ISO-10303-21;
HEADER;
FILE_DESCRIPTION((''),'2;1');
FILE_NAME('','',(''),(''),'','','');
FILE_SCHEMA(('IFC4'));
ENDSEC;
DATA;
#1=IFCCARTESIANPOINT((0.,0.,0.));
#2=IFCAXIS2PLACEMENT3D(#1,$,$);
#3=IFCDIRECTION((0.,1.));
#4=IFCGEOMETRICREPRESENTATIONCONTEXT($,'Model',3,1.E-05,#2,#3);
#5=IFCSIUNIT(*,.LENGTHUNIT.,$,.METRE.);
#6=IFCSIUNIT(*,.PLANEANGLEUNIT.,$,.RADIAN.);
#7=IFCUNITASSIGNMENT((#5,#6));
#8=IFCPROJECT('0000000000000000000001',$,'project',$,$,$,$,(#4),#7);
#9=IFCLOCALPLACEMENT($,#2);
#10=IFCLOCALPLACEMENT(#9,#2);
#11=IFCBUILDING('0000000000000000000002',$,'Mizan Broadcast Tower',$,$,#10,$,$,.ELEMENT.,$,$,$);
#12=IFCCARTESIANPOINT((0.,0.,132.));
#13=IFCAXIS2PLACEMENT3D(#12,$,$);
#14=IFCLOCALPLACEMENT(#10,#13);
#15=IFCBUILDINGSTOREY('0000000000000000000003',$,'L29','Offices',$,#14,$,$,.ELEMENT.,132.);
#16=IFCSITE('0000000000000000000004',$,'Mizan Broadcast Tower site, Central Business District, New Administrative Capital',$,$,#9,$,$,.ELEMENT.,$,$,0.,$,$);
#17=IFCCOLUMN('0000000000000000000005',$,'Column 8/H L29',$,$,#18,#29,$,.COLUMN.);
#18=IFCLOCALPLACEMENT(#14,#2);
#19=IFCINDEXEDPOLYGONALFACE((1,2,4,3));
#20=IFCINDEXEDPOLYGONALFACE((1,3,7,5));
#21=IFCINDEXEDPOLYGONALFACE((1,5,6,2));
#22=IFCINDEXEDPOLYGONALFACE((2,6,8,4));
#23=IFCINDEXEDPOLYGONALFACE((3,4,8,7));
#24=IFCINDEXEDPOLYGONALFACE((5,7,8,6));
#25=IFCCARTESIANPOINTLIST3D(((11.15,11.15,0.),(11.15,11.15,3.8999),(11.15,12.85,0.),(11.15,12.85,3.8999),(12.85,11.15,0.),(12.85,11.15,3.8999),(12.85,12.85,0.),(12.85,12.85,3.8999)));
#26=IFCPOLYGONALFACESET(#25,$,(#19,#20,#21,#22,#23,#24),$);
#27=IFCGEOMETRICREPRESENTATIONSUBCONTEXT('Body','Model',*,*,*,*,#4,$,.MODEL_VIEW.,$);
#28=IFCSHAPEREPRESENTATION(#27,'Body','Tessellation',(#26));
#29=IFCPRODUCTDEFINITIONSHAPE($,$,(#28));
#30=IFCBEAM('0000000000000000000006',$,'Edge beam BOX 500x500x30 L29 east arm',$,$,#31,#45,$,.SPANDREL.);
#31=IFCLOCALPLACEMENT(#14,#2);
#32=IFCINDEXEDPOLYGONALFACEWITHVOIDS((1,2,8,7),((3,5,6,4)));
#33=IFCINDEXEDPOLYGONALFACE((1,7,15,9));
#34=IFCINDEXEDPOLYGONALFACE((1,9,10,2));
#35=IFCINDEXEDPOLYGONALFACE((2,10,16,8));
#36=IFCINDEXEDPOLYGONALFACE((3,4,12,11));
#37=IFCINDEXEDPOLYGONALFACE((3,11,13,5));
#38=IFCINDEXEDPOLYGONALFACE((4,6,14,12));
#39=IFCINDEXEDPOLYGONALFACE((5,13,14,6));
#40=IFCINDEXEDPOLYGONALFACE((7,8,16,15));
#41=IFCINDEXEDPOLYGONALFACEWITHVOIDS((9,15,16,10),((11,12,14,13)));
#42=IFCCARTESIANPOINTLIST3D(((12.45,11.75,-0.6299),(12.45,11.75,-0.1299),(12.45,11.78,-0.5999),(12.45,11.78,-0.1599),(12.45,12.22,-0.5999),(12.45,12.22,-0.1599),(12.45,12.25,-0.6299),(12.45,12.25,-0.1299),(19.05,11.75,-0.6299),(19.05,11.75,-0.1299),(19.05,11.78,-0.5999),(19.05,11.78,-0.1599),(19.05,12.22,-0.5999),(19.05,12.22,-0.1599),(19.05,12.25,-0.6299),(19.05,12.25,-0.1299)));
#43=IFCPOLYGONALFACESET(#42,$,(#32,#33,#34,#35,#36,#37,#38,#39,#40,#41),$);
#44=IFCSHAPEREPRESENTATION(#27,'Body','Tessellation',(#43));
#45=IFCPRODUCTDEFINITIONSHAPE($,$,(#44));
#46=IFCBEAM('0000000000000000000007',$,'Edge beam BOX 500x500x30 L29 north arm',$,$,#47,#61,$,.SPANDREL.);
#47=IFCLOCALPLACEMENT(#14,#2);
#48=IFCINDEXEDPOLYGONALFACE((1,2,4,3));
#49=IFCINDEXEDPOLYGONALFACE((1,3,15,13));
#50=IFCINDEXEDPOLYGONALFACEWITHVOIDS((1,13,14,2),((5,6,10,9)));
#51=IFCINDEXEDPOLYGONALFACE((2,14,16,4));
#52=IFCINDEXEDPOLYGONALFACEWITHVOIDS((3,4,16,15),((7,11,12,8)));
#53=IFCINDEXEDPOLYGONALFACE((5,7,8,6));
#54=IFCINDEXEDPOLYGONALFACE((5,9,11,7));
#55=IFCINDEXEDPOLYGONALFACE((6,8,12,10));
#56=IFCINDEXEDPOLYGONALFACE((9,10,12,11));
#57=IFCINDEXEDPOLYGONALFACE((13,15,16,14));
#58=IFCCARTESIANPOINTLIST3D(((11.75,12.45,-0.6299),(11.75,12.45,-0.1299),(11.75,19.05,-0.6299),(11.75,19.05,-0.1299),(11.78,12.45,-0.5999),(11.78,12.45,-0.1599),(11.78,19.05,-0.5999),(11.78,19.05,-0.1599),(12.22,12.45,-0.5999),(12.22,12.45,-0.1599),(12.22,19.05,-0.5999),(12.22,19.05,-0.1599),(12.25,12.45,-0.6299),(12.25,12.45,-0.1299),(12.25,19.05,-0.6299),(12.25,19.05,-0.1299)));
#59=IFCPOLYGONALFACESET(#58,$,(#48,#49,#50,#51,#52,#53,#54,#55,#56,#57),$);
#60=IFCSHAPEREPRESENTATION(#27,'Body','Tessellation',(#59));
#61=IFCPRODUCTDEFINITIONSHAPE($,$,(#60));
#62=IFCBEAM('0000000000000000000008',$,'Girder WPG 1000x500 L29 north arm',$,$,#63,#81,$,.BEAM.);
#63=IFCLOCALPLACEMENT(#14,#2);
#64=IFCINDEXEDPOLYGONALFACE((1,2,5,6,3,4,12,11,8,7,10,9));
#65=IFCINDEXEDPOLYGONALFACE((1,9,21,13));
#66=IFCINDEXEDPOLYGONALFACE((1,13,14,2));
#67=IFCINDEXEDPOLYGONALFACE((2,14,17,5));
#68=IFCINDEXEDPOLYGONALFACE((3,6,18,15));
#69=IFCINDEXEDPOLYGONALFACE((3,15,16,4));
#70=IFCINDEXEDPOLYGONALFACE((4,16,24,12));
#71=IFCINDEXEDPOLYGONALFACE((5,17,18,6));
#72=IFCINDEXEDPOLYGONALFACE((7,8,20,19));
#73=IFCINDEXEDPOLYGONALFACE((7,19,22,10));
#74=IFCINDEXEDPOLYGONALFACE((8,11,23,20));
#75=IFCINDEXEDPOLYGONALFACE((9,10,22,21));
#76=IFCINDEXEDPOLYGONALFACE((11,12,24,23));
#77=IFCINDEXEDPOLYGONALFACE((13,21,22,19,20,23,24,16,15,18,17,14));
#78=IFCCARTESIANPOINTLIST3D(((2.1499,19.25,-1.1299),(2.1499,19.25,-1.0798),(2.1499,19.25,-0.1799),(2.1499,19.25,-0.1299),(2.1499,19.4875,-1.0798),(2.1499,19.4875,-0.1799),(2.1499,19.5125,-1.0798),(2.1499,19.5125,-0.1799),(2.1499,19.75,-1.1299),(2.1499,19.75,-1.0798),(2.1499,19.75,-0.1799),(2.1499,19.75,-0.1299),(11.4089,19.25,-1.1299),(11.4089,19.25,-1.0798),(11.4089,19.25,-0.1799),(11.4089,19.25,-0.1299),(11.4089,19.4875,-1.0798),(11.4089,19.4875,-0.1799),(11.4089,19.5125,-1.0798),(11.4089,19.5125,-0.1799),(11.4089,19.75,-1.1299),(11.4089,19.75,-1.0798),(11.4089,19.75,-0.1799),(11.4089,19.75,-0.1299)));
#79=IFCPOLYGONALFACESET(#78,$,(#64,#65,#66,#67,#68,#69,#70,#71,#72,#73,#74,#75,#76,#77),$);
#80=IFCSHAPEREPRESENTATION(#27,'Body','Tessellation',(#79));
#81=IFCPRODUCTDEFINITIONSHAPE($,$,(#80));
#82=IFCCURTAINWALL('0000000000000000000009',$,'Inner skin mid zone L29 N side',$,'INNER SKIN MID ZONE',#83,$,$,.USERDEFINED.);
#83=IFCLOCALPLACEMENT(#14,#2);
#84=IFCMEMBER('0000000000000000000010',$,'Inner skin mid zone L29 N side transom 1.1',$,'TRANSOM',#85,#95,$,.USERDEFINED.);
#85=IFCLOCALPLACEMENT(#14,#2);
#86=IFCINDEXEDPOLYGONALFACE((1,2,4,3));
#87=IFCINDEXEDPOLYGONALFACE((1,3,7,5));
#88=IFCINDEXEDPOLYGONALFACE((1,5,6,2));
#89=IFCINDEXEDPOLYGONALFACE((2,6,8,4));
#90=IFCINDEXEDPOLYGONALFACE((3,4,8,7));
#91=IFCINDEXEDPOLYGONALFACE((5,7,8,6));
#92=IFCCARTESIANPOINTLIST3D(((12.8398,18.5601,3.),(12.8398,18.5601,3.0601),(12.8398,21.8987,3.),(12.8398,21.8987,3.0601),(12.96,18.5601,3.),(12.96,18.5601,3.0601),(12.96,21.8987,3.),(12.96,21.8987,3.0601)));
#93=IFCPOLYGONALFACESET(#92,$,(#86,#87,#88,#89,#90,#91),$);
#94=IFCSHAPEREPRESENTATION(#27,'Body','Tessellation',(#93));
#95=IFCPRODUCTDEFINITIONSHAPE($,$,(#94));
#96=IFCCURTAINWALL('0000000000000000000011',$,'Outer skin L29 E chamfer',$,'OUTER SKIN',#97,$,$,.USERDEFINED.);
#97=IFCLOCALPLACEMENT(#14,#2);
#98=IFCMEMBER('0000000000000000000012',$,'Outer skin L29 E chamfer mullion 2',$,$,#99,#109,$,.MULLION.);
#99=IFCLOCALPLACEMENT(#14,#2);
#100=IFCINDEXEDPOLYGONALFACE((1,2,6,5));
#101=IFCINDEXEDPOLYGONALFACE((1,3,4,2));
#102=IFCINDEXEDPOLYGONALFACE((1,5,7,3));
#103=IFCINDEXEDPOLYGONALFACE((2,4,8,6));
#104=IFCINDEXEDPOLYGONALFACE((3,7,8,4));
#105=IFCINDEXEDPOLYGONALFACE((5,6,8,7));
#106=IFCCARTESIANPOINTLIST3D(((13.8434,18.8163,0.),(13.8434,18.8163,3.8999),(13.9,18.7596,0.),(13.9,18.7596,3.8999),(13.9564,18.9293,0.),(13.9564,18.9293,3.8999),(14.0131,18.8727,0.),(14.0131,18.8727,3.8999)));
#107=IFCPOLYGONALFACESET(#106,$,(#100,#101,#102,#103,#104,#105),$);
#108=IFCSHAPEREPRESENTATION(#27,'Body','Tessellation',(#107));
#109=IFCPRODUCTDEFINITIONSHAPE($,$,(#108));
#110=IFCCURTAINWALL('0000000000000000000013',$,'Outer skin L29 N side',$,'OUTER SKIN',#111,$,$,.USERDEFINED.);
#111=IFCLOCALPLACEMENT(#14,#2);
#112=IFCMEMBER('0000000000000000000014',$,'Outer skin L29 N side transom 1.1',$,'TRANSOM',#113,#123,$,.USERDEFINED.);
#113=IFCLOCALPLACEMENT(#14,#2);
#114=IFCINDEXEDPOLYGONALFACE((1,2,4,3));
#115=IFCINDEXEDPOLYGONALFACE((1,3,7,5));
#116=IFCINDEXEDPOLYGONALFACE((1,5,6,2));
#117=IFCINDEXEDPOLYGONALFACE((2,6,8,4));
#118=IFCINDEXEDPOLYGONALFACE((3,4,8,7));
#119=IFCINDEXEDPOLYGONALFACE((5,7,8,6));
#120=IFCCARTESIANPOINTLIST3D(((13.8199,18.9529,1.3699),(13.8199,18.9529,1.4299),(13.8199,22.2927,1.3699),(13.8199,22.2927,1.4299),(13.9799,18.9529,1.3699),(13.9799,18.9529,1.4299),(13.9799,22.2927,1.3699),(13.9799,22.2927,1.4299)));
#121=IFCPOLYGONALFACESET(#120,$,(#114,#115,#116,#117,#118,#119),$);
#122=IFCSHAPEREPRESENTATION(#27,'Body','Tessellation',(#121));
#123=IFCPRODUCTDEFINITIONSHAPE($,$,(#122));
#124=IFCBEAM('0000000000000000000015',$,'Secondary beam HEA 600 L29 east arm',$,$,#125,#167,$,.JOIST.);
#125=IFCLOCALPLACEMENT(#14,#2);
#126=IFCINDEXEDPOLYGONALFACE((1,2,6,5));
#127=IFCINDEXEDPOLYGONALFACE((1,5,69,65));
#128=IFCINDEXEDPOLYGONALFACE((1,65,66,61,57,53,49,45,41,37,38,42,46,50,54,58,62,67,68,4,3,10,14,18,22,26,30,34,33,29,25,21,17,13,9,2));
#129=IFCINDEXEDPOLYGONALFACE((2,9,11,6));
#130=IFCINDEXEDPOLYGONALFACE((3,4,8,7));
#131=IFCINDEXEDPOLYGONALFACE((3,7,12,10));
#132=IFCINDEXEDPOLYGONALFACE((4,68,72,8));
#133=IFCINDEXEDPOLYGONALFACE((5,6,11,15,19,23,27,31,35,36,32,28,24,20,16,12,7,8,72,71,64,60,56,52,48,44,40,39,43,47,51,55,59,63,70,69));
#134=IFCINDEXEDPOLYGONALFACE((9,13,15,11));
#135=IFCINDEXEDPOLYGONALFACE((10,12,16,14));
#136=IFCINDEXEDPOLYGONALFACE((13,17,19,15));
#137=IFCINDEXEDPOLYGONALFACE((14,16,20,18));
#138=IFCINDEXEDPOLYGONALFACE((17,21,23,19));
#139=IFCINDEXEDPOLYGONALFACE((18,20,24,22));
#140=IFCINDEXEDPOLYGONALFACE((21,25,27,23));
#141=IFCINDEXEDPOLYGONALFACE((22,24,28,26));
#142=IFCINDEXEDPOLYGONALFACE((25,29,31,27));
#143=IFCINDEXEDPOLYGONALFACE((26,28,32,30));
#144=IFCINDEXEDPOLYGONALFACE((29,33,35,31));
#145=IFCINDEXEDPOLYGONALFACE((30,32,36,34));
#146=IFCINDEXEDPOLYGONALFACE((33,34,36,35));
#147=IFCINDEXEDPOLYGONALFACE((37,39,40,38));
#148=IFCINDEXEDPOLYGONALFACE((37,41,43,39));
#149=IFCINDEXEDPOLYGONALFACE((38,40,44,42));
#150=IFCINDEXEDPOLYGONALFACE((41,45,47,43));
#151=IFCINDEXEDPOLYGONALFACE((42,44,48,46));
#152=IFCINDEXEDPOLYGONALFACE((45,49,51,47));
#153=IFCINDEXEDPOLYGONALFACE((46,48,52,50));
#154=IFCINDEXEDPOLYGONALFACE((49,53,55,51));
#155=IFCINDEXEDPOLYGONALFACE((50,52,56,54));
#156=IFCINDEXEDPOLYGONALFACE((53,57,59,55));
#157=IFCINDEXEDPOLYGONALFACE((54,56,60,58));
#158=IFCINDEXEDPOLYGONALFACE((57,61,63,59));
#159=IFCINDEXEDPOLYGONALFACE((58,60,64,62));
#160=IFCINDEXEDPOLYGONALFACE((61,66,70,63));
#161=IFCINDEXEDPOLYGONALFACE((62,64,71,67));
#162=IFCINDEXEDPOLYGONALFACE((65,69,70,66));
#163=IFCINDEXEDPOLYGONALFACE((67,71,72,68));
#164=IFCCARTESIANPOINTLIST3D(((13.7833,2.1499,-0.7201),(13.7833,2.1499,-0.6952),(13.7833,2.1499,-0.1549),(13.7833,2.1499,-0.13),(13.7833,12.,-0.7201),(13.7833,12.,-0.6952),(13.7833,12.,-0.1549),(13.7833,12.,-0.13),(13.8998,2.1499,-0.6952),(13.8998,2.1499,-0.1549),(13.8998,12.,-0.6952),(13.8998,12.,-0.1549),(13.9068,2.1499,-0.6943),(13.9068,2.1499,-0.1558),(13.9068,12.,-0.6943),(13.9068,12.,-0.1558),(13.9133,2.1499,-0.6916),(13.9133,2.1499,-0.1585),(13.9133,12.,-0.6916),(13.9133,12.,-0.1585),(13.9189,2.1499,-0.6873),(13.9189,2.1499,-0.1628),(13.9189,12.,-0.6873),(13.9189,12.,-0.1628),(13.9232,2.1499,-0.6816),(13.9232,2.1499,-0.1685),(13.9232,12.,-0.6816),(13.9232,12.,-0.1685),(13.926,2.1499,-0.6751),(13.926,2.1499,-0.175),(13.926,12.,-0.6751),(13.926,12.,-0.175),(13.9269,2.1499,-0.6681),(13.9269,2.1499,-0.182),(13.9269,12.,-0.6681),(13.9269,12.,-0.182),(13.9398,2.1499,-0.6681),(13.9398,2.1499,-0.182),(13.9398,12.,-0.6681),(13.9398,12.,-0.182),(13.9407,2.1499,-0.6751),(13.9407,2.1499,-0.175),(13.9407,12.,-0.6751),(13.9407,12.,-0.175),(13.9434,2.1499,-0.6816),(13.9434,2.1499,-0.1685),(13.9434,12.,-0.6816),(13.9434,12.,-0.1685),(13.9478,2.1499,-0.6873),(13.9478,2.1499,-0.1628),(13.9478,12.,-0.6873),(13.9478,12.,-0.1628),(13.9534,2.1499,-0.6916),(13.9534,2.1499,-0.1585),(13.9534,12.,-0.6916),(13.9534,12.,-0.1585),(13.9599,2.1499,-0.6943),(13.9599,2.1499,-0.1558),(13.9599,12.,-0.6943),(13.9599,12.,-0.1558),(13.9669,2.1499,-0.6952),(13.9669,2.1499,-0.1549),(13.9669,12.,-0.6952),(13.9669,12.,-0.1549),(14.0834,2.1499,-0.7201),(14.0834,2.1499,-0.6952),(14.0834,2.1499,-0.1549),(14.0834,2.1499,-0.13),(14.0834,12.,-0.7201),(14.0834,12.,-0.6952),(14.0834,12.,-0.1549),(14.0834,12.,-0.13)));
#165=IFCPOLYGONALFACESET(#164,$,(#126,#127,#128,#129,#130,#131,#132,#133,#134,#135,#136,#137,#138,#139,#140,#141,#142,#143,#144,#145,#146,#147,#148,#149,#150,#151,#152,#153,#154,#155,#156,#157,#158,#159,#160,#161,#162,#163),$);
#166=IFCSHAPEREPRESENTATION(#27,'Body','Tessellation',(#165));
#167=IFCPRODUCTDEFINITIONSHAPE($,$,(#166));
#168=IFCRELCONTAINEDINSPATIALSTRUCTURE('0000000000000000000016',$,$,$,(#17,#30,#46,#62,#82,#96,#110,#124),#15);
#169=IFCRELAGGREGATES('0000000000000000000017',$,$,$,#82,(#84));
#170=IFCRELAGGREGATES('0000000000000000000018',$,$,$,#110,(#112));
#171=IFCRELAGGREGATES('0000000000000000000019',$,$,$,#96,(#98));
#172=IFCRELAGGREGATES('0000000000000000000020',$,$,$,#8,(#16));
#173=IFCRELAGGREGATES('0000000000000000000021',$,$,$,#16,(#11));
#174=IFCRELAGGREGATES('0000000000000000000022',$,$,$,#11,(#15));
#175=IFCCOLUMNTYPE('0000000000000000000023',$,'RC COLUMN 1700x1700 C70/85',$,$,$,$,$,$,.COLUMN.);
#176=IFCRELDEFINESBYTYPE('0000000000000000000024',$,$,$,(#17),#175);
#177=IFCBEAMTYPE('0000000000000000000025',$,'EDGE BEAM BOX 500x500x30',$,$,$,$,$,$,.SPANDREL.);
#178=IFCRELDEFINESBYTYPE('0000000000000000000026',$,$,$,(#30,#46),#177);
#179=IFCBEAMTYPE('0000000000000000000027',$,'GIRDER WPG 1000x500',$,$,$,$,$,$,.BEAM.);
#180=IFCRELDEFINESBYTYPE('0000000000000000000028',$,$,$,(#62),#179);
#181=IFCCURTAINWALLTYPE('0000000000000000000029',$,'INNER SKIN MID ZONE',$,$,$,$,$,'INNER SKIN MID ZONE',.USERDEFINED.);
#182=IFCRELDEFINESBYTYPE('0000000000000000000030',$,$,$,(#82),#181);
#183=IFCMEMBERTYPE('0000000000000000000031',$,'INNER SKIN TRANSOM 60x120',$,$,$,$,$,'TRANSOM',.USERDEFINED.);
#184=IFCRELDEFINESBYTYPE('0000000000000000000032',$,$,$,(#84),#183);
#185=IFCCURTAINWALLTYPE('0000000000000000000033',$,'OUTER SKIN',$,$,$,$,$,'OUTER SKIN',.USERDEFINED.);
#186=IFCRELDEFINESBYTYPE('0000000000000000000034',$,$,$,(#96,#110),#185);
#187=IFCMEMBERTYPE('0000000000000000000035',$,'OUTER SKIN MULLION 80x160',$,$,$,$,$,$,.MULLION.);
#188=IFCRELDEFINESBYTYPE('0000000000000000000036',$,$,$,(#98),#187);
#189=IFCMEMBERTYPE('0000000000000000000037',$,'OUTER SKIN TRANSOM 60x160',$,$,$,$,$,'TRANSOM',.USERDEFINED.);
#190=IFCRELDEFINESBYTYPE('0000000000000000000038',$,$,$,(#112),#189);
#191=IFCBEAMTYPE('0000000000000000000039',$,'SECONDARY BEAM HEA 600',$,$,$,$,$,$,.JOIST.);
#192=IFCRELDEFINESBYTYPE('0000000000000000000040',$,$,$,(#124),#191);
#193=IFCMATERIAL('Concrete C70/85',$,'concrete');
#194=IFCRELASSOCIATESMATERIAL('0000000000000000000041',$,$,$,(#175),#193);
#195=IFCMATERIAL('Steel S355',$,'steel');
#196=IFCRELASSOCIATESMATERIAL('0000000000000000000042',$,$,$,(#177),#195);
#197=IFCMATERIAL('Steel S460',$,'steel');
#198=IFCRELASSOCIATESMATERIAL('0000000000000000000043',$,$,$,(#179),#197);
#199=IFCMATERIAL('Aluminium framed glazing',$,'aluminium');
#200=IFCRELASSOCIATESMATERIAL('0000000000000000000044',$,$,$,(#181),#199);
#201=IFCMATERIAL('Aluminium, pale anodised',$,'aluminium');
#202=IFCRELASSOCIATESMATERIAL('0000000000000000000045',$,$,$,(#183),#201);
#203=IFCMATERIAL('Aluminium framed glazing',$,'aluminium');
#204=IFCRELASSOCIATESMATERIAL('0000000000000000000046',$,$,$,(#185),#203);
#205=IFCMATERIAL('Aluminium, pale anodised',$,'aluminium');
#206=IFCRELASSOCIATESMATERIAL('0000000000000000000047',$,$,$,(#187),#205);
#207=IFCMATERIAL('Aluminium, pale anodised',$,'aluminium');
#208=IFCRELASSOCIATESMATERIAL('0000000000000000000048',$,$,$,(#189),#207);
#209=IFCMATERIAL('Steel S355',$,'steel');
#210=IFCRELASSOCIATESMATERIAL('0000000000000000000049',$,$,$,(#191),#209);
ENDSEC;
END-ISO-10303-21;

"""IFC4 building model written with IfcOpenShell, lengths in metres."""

from ifc_helpers import new_model, si_unit, direction, frame, origin, origin_2d, place, context, subcontext, project, spatial, rectangle, hollow_rectangle, i_section, extrude, material, material_profile, profile_set, type_object, element, aggregate, save


model = new_model("IFC4")

# Units and contexts
model_context = context("Model", 3, precision=1e-05, world=origin(), true_north=direction((0.0, 1.0)))
body_context = subcontext(model_context, "Body", "Model", "MODEL_VIEW")
ifc_project = project(units=[si_unit("LENGTHUNIT", "METRE"), si_unit("PLANEANGLEUNIT", "RADIAN")], contexts=[model_context])

# Site, building, storey
site_placement = place(None, origin())
site = spatial("IfcSite", under=ifc_project, at=site_placement, Name="Mizan Broadcast Tower site, Central Business District, New Administrative Capital", CompositionType="ELEMENT", RefElevation=0.0)
building_placement = place(site_placement, origin())
building = spatial("IfcBuilding", under=site, at=building_placement, Name="Mizan Broadcast Tower", CompositionType="ELEMENT")
storey_placement = place(building_placement, frame((0.0, 0.0, 132.0)))
storey = spatial("IfcBuildingStorey", under=building, at=storey_placement, Name="L29", Description="Offices", CompositionType="ELEMENT", Elevation=132.0)

# Column
ifc_material_1 = material(Name="Concrete C70/85", Category="concrete")
ifc_material_profile_1 = material_profile(ifc_material_1, rectangle(XDim=1.7, YDim=1.7, at=origin_2d()), Name="RC 1700x1700")
ifc_profile_set_1 = profile_set([ifc_material_profile_1], Name="Concrete C70/85")
column_type = type_object("IfcColumnType", Name="RC COLUMN 1700x1700 C70/85", PredefinedType="COLUMN", material=ifc_profile_set_1)
column_placement = place(storey_placement, frame((12.0, 12.0, 0.0), z_axis=(0.0, 0.0, 1.0), x_axis=(1.0, 0.0, 0.0)))
element("IfcColumn", 1, at=column_placement, inside=storey, type_object=column_type, Name="Column 8/H L29", PredefinedType="COLUMN", context=body_context, shape_type="SweptSolid", body=[
    extrude(rectangle(XDim=1.7, YDim=1.7, at=origin_2d()), origin(), (0.0, 0.0, 1.0), 3.8999),
])

# Beams
ifc_material_2 = material(Name="Steel S355", Category="steel")
ifc_material_profile_2 = material_profile(ifc_material_2, hollow_rectangle(XDim=0.5, YDim=0.5, WallThickness=0.03, at=origin_2d()), Name="BOX 500x500x30")
ifc_profile_set_2 = profile_set([ifc_material_profile_2], Name="Steel S355")
beam_type_1 = type_object("IfcBeamType", Name="EDGE BEAM BOX 500x500x30", PredefinedType="SPANDREL", material=ifc_profile_set_2)
for number, where, z_axis, x_axis, name in (
    (2, (12.45, 12.0, -0.3799), (1.0, 0.0, 0.0), (0.0, 1.0, 0.0), "Edge beam BOX 500x500x30 L29 east arm"),
    (3, (12.0, 12.45, -0.3799), (0.0, 1.0, 0.0), (-1.0, 0.0, 0.0), "Edge beam BOX 500x500x30 L29 north arm"),
):
    element("IfcBeam", number, at=place(storey_placement, frame(where, z_axis=z_axis, x_axis=x_axis)), inside=storey, type_object=beam_type_1, Name=name, PredefinedType="SPANDREL", context=body_context, shape_type="SweptSolid", body=[
        extrude(hollow_rectangle(XDim=0.5, YDim=0.5, WallThickness=0.03, at=origin_2d()), origin(), (0.0, 0.0, 1.0), 6.6001),
    ])
ifc_material_3 = material(Name="Steel S460", Category="steel")
ifc_material_profile_3 = material_profile(ifc_material_3, i_section(OverallWidth=0.5, OverallDepth=1.0, WebThickness=0.0249, FlangeThickness=0.05, at=origin_2d()), Name="WPG 1000x500")
ifc_profile_set_3 = profile_set([ifc_material_profile_3], Name="Steel S460")
beam_type_2 = type_object("IfcBeamType", Name="GIRDER WPG 1000x500", PredefinedType="BEAM", material=ifc_profile_set_3)
beam_1_placement = place(storey_placement, frame((11.4089, 19.5, -0.6299), z_axis=(-1.0, 0.0, 0.0), x_axis=(0.0, -1.0, 0.0)))
element("IfcBeam", 4, at=beam_1_placement, inside=storey, type_object=beam_type_2, Name="Girder WPG 1000x500 L29 north arm", PredefinedType="BEAM", context=body_context, shape_type="SweptSolid", body=[
    extrude(i_section(OverallWidth=0.5, OverallDepth=1.0, WebThickness=0.0249, FlangeThickness=0.05, at=origin_2d()), origin(), (0.0, 0.0, 1.0), 9.259),
])

# Curtain walls, members
ifc_material_4 = material(Name="Aluminium framed glazing", Category="aluminium")
curtain_wall_type_1 = type_object("IfcCurtainWallType", Name="INNER SKIN MID ZONE", ElementType="INNER SKIN MID ZONE", PredefinedType="USERDEFINED", material=ifc_material_4)
curtain_wall_1_placement = place(storey_placement, origin())
curtain_wall_1 = element("IfcCurtainWall", 5, at=curtain_wall_1_placement, inside=storey, type_object=curtain_wall_type_1, Name="Inner skin mid zone L29 N side", ObjectType="INNER SKIN MID ZONE", PredefinedType="USERDEFINED")
ifc_material_5 = material(Name="Aluminium, pale anodised", Category="aluminium")
ifc_material_profile_4 = material_profile(ifc_material_5, rectangle(XDim=0.1201, YDim=0.0601, at=origin_2d()), Name="TRANSOM 120x60")
ifc_profile_set_4 = profile_set([ifc_material_profile_4], Name="Aluminium, pale anodised")
member_type_1 = type_object("IfcMemberType", Name="INNER SKIN TRANSOM 60x120", ElementType="TRANSOM", PredefinedType="USERDEFINED", material=ifc_profile_set_4)
member_1_placement = place(storey_placement, frame((12.8999, 18.5601, 3.03), z_axis=(0.0, 1.0, 0.0), x_axis=(-1.0, 0.0, 0.0)))
member_1 = element("IfcMember", 6, at=member_1_placement, type_object=member_type_1, Name="Inner skin mid zone L29 N side transom 1.1", ObjectType="TRANSOM", PredefinedType="USERDEFINED", context=body_context, shape_type="SweptSolid", body=[
    extrude(rectangle(XDim=0.1201, YDim=0.0601, at=origin_2d()), origin(), (0.0, 0.0, 1.0), 3.3386),
])
aggregate(curtain_wall_1, [member_1])
ifc_material_6 = material(Name="Aluminium framed glazing", Category="aluminium")
curtain_wall_type_2 = type_object("IfcCurtainWallType", Name="OUTER SKIN", ElementType="OUTER SKIN", PredefinedType="USERDEFINED", material=ifc_material_6)
curtain_wall_2_placement = place(storey_placement, origin())
curtain_wall_2 = element("IfcCurtainWall", 7, at=curtain_wall_2_placement, inside=storey, type_object=curtain_wall_type_2, Name="Outer skin L29 E chamfer", ObjectType="OUTER SKIN", PredefinedType="USERDEFINED")
ifc_material_7 = material(Name="Aluminium, pale anodised", Category="aluminium")
ifc_material_profile_5 = material_profile(ifc_material_7, rectangle(XDim=0.1599, YDim=0.0801, at=origin_2d()), Name="MULLION 160x80")
ifc_profile_set_5 = profile_set([ifc_material_profile_5], Name="Aluminium, pale anodised")
member_type_2 = type_object("IfcMemberType", Name="OUTER SKIN MULLION 80x160", PredefinedType="MULLION", material=ifc_profile_set_5)
member_2_placement = place(storey_placement, frame((13.9282, 18.8445, 0.0), z_axis=(0.0, 0.0, 1.0), x_axis=(-0.707107, -0.707107, 0.0)))
member_2 = element("IfcMember", 8, at=member_2_placement, type_object=member_type_2, Name="Outer skin L29 E chamfer mullion 2", PredefinedType="MULLION", context=body_context, shape_type="SweptSolid", body=[
    extrude(rectangle(XDim=0.1599, YDim=0.0801, at=origin_2d()), origin(), (0.0, 0.0, 1.0), 3.8999),
])
curtain_wall_3_placement = place(storey_placement, origin())
curtain_wall_3 = element("IfcCurtainWall", 9, at=curtain_wall_3_placement, inside=storey, type_object=curtain_wall_type_2, Name="Outer skin L29 N side", ObjectType="OUTER SKIN", PredefinedType="USERDEFINED")
ifc_material_8 = material(Name="Aluminium, pale anodised", Category="aluminium")
ifc_material_profile_6 = material_profile(ifc_material_8, rectangle(XDim=0.1599, YDim=0.0601, at=origin_2d()), Name="TRANSOM 160x60")
ifc_profile_set_6 = profile_set([ifc_material_profile_6], Name="Aluminium, pale anodised")
member_type_3 = type_object("IfcMemberType", Name="OUTER SKIN TRANSOM 60x160", ElementType="TRANSOM", PredefinedType="USERDEFINED", material=ifc_profile_set_6)
member_3_placement = place(storey_placement, frame((13.8999, 18.9529, 1.3999), z_axis=(0.0, 1.0, 0.0), x_axis=(-1.0, 0.0, 0.0)))
member_3 = element("IfcMember", 10, at=member_3_placement, type_object=member_type_3, Name="Outer skin L29 N side transom 1.1", ObjectType="TRANSOM", PredefinedType="USERDEFINED", context=body_context, shape_type="SweptSolid", body=[
    extrude(rectangle(XDim=0.1599, YDim=0.0601, at=origin_2d()), origin(), (0.0, 0.0, 1.0), 3.3398),
])
aggregate(curtain_wall_3, [member_3])

# Beam
ifc_material_9 = material(Name="Steel S355", Category="steel")
ifc_material_profile_7 = material_profile(ifc_material_9, i_section(OverallWidth=0.3, OverallDepth=0.5901, WebThickness=0.0129, FlangeThickness=0.0249, FilletRadius=0.0271, at=origin_2d()), Name="HEA 600")
ifc_profile_set_7 = profile_set([ifc_material_profile_7], Name="Steel S355")
beam_type_3 = type_object("IfcBeamType", Name="SECONDARY BEAM HEA 600", PredefinedType="JOIST", material=ifc_profile_set_7)
for number, where, z_axis, x_axis, name in (
    (11, (13.9333, 12.0, -0.425), (0.0, -1.0, 0.0), (1.0, 0.0, 0.0), "Secondary beam HEA 600 L29 east arm"),
):
    element("IfcBeam", number, at=place(storey_placement, frame(where, z_axis=z_axis, x_axis=x_axis)), inside=storey, type_object=beam_type_3, Name=name, PredefinedType="JOIST", context=body_context, shape_type="SweptSolid", body=[
        extrude(i_section(OverallWidth=0.3, OverallDepth=0.5901, WebThickness=0.0129, FlangeThickness=0.0249, FilletRadius=0.0271, at=origin_2d()), origin(), (0.0, 0.0, 1.0), 9.8501),
    ])

aggregate(curtain_wall_2, [member_2])

save(model, "model.ifc")
